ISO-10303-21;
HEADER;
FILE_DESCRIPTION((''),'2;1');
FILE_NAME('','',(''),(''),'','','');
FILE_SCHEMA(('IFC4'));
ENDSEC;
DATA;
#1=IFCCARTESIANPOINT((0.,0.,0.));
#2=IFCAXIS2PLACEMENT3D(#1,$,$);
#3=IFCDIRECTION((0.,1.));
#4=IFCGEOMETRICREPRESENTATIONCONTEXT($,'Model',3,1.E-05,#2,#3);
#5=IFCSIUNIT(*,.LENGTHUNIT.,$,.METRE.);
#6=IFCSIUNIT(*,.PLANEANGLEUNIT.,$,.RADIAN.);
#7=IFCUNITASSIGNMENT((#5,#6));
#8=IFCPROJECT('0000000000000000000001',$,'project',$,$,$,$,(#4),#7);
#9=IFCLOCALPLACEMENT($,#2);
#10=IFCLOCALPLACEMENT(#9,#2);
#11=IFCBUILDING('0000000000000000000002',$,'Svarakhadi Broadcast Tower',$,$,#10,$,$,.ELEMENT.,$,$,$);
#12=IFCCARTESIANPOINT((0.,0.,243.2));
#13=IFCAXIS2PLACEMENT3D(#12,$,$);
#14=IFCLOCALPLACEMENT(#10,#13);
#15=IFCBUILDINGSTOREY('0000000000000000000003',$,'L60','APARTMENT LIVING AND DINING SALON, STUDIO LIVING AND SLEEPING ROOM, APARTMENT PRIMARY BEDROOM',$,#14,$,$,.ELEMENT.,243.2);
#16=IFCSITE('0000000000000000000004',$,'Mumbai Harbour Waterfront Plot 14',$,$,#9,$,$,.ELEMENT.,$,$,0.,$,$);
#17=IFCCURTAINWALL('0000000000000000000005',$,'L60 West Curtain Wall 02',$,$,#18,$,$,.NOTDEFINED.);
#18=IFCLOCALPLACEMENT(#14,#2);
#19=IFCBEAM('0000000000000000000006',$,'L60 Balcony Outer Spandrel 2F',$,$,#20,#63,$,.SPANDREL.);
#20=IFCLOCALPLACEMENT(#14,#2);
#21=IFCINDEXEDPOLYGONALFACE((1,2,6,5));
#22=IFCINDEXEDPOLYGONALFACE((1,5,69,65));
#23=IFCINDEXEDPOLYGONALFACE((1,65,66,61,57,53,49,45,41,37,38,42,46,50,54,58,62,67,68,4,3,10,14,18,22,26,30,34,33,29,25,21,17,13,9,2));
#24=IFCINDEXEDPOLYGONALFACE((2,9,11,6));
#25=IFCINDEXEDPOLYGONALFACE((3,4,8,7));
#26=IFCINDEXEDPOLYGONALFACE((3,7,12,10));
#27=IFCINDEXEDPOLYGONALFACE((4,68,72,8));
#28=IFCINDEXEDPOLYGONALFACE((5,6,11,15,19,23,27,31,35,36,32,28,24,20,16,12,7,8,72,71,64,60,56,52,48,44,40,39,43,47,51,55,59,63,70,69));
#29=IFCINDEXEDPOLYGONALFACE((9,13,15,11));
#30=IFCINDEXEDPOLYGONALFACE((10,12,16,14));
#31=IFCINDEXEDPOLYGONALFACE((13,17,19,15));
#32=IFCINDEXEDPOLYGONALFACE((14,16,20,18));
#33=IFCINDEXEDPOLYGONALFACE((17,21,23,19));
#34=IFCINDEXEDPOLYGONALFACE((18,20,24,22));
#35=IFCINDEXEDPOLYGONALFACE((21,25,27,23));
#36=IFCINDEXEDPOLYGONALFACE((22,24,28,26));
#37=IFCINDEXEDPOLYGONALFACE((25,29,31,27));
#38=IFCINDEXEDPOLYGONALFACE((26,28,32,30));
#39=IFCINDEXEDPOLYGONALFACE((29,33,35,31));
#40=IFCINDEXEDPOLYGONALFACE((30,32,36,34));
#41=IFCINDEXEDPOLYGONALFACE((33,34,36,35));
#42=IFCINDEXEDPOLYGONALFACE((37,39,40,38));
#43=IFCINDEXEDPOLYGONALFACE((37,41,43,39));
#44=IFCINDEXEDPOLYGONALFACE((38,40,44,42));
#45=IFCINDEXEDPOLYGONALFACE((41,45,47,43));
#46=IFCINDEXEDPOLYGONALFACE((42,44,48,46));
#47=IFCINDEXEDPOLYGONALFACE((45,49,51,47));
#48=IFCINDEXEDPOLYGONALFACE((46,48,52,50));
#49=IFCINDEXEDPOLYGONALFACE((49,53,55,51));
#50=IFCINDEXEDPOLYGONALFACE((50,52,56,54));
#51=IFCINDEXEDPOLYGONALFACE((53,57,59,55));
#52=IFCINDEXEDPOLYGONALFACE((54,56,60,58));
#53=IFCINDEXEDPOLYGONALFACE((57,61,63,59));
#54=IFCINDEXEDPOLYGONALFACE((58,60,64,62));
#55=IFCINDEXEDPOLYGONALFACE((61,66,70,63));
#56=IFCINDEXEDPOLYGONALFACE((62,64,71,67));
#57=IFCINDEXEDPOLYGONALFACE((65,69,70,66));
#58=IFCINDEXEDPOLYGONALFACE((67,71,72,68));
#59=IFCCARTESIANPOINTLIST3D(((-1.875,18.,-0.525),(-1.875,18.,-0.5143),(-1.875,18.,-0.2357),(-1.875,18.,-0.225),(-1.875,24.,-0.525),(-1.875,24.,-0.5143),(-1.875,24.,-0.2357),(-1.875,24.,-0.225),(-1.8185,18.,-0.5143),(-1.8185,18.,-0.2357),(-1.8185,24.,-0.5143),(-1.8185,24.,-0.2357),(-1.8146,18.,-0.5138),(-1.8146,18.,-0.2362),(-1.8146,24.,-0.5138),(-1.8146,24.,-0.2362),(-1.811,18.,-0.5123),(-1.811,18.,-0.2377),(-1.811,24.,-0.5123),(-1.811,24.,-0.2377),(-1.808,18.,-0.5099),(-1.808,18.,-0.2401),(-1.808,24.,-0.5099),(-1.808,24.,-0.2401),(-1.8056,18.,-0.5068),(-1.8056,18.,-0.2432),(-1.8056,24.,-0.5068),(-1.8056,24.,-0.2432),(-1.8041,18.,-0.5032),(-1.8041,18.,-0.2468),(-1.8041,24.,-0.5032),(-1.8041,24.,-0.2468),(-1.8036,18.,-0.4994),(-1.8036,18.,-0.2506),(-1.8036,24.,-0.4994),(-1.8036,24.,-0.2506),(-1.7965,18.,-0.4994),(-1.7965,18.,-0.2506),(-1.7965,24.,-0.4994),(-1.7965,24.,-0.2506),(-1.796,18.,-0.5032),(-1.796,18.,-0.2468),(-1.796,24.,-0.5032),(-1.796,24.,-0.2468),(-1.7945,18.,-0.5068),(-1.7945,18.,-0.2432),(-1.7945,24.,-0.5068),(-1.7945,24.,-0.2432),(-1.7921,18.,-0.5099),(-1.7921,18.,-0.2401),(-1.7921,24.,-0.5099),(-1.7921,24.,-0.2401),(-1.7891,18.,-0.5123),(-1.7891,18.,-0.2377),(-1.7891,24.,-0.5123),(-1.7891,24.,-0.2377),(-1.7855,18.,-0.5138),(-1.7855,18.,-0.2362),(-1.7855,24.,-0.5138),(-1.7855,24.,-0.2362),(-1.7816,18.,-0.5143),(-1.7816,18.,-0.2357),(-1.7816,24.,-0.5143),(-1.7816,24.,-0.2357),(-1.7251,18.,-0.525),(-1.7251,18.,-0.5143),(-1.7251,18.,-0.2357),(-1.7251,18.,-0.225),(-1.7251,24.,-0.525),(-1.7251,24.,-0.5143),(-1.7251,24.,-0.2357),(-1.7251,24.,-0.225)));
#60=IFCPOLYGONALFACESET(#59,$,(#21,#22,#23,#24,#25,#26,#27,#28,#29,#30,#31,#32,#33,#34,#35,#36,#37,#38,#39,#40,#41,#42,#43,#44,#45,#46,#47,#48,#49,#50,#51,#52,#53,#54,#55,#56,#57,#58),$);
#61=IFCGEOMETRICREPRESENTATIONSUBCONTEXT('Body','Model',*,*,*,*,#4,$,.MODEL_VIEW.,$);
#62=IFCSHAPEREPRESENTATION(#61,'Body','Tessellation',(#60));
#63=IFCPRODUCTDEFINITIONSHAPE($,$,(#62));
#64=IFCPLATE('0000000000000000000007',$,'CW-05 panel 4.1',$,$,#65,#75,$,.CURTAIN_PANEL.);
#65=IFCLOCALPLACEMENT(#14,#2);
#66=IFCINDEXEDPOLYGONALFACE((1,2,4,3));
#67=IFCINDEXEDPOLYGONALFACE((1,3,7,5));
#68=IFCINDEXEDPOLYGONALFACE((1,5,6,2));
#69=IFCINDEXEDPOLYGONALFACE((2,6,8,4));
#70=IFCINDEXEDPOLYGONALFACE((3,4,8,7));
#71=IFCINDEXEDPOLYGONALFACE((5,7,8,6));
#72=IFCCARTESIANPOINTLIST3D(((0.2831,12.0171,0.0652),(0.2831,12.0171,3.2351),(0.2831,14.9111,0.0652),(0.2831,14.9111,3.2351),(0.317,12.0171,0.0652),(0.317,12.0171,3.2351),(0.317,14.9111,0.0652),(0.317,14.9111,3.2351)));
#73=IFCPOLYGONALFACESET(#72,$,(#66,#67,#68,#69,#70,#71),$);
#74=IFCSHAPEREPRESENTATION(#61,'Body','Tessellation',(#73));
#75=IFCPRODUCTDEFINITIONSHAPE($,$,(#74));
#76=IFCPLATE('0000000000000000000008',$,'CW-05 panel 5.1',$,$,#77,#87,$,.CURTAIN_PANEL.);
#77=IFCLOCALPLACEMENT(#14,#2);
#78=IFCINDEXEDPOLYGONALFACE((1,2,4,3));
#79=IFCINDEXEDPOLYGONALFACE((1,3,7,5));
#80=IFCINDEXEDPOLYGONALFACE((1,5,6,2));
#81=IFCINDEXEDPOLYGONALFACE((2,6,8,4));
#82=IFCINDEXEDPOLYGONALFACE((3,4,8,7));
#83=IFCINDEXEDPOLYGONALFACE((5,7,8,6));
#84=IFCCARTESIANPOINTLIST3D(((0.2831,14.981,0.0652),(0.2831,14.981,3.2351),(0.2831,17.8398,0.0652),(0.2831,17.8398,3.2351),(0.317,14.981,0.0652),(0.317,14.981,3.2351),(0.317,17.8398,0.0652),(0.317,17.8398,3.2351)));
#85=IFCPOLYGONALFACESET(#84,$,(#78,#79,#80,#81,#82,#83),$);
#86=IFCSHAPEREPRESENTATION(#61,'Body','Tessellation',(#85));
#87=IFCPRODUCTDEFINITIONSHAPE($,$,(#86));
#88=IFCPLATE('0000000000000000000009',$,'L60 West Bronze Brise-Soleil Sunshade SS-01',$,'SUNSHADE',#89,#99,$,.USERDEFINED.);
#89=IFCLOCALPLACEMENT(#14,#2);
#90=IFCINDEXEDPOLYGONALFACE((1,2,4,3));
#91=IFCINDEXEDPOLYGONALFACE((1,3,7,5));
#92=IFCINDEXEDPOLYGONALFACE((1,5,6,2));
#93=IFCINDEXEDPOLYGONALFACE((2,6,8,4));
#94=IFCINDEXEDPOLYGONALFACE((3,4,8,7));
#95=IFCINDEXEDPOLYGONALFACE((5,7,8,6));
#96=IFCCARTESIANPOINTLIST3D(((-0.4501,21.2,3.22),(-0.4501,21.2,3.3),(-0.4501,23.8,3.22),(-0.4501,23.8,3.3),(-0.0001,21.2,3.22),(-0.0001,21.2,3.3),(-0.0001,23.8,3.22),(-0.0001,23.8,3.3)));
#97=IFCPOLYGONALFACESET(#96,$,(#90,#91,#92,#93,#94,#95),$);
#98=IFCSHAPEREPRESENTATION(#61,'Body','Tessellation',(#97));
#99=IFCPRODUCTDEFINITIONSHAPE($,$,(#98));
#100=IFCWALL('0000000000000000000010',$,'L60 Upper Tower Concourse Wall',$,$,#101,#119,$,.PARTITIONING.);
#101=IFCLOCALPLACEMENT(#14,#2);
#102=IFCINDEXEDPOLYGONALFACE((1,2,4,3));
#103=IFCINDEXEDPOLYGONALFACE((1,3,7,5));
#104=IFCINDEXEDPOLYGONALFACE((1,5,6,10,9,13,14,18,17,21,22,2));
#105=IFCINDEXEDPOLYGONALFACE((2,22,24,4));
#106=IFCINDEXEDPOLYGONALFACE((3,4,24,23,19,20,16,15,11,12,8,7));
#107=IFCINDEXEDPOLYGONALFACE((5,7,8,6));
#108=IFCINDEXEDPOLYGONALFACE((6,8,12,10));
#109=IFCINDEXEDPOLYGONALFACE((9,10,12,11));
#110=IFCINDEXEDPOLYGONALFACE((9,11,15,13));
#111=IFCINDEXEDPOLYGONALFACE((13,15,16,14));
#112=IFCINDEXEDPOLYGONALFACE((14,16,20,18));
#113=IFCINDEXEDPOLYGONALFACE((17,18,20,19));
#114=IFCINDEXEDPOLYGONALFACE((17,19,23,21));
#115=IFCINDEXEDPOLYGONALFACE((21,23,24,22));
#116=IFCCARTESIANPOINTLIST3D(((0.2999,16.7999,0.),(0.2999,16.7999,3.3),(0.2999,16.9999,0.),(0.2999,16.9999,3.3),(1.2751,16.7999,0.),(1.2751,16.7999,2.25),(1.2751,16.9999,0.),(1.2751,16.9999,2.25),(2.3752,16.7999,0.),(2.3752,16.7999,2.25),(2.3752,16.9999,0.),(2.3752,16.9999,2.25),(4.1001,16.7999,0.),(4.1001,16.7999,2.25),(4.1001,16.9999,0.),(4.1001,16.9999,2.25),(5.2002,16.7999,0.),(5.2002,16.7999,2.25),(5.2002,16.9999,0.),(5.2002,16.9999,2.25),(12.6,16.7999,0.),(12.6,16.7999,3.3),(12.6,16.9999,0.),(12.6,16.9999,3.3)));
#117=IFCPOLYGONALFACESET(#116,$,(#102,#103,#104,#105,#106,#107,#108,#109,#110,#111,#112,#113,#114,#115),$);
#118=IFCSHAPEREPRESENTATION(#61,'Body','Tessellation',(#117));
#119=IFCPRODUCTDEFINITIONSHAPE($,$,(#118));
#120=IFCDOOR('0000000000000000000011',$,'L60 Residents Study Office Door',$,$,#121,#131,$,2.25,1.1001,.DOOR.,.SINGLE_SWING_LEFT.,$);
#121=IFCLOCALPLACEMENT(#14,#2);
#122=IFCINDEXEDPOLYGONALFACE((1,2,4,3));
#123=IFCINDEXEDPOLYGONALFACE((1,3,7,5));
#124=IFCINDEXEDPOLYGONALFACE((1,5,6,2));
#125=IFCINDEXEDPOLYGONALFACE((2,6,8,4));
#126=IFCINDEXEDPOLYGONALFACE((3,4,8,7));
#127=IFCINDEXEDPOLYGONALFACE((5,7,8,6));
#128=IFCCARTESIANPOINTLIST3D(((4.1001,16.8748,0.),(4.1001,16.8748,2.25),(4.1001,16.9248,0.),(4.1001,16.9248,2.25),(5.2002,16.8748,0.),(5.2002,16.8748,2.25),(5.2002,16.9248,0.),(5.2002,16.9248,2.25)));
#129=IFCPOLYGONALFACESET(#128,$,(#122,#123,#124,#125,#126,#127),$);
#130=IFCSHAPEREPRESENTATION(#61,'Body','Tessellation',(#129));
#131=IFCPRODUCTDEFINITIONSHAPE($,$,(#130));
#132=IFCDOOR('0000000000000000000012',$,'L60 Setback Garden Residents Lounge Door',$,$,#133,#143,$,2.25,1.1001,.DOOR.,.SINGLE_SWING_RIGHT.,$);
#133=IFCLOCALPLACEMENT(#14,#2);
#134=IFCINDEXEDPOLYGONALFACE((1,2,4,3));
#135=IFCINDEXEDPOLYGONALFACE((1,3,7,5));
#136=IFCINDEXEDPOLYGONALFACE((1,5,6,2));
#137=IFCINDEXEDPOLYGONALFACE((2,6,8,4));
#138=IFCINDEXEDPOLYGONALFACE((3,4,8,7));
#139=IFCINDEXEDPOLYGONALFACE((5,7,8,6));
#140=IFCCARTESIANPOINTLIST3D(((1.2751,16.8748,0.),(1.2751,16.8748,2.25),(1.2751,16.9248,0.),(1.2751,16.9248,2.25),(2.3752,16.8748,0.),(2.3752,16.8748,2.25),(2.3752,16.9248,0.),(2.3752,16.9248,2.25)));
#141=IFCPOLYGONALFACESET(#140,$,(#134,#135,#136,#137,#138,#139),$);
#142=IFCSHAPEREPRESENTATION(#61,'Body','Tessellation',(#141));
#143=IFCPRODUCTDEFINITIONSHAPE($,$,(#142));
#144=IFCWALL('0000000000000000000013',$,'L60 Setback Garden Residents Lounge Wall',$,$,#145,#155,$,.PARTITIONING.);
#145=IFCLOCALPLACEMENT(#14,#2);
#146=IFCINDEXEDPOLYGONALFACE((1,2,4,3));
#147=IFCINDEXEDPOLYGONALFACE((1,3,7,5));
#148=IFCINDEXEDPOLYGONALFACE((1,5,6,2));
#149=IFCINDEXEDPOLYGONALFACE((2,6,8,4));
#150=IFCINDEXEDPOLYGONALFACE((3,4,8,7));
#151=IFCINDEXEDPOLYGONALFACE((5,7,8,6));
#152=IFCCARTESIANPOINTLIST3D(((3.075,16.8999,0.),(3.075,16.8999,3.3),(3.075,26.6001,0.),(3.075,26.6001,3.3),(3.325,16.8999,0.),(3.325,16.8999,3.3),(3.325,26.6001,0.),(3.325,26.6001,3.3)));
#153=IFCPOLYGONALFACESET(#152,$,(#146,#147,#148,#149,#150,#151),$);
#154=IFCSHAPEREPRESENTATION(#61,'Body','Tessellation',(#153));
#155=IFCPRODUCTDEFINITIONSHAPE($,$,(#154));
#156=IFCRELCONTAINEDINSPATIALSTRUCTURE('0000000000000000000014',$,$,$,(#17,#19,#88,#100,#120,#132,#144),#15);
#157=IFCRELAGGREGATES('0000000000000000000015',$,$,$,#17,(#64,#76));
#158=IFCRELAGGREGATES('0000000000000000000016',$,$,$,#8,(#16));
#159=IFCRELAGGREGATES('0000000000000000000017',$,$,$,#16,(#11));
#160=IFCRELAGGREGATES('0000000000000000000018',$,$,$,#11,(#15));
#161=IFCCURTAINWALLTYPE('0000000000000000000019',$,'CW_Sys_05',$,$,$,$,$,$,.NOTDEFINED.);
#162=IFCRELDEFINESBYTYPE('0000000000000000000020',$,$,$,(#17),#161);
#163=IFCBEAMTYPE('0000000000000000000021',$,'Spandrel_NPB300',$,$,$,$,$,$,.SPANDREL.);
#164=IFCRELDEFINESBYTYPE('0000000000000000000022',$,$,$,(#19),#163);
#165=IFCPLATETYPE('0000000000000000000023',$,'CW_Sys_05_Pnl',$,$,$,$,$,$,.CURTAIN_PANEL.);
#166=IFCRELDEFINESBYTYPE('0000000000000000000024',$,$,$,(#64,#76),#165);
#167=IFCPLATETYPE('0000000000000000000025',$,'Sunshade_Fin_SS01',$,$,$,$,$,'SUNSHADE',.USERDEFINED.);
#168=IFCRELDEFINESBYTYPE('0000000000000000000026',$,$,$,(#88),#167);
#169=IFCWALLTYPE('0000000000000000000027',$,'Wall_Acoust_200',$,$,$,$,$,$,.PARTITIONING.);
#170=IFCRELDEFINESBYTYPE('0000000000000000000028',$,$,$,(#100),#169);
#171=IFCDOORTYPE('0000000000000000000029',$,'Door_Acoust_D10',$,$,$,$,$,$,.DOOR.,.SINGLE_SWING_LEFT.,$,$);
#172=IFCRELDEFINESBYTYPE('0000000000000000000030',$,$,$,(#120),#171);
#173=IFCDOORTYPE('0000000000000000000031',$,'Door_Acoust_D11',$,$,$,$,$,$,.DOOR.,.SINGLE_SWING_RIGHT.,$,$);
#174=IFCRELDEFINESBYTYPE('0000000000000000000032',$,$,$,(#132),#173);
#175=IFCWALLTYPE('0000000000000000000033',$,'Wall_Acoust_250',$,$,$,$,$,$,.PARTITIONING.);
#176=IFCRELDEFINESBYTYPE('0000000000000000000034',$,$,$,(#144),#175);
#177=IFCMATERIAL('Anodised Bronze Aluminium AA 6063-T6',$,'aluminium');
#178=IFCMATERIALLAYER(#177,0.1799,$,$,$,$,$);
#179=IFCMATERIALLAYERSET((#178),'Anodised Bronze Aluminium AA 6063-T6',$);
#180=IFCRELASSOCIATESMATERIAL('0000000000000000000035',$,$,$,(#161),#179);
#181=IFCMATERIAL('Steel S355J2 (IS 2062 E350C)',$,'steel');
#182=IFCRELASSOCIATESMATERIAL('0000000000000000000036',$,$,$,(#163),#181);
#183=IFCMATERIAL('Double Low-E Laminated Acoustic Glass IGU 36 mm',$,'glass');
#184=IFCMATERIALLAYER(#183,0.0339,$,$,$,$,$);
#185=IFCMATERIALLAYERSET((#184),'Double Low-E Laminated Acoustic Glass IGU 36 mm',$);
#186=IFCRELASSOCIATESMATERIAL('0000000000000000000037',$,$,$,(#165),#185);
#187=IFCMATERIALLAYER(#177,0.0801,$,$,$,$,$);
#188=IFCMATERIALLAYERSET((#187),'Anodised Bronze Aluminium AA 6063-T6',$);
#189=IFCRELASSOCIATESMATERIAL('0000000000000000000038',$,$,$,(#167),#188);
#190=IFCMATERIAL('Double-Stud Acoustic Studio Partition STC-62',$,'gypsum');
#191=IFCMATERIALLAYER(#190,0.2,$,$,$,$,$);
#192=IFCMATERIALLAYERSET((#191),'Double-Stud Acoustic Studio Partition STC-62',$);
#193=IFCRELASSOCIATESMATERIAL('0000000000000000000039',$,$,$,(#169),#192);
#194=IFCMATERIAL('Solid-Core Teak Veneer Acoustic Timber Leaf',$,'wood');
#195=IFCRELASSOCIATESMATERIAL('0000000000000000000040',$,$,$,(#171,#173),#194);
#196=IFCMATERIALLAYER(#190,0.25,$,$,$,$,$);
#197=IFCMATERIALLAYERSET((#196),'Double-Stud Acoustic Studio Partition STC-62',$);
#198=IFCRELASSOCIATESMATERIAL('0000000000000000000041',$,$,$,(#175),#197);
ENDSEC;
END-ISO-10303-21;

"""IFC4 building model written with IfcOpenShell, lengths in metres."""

from ifc_helpers import new_model, si_unit, direction, frame, frame_2d, origin, origin_2d, place, context, subcontext, project, spatial, rectangle, i_section, extrude, material, layer, layer_set, material_profile, profile_set, type_object, element, fill, aggregate, save


model = new_model("IFC4")

# Units and contexts
model_context = context("Model", 3, precision=1e-05, world=origin(), true_north=direction((0.0, 1.0)))
body_context = subcontext(model_context, "Body", "Model", "MODEL_VIEW")
ifc_project = project(units=[si_unit("LENGTHUNIT", "METRE"), si_unit("PLANEANGLEUNIT", "RADIAN")], contexts=[model_context])

# Site, building, storey
site_placement = place(None, origin())
site = spatial("IfcSite", under=ifc_project, at=site_placement, Name="Mumbai Harbour Waterfront Plot 14", CompositionType="ELEMENT", RefElevation=0.0)
building_placement = place(site_placement, origin())
building = spatial("IfcBuilding", under=site, at=building_placement, Name="Svarakhadi Broadcast Tower", CompositionType="ELEMENT")
storey_placement = place(building_placement, frame((0.0, 0.0, 243.2)))
storey = spatial("IfcBuildingStorey", under=building, at=storey_placement, Name="L60", Description="APARTMENT LIVING AND DINING SALON, STUDIO LIVING AND SLEEPING ROOM, APARTMENT PRIMARY BEDROOM", CompositionType="ELEMENT", Elevation=243.2)

# Shared definitions
ifc_material_1 = material(Name="Steel S355J2 (IS 2062 E350C)", Category="steel")

# Curtain wall
ifc_material_2 = material(Name="Anodised Bronze Aluminium AA 6063-T6", Category="aluminium")
ifc_layer_1 = layer(ifc_material_2, 0.1799)
ifc_layer_set_1 = layer_set([ifc_layer_1], Name="Anodised Bronze Aluminium AA 6063-T6")
curtain_wall_type = type_object("IfcCurtainWallType", Name="CW_Sys_05", PredefinedType="NOTDEFINED", material=ifc_layer_set_1)
curtain_wall_placement = place(storey_placement, origin())
curtain_wall = element("IfcCurtainWall", 1, at=curtain_wall_placement, inside=storey, type_object=curtain_wall_type, Name="L60 West Curtain Wall 02", PredefinedType="NOTDEFINED")

# Beam
ifc_material_profile_1 = material_profile(ifc_material_1, i_section(OverallWidth=0.1499, OverallDepth=0.3, WebThickness=0.0071, FlangeThickness=0.0107, FilletRadius=0.0149, at=origin_2d()), Name="NPB 300x150x37")
ifc_profile_set_1 = profile_set([ifc_material_profile_1], Name="Steel S355J2 (IS 2062 E350C)")
beam_type_1 = type_object("IfcBeamType", Name="Spandrel_NPB300", PredefinedType="SPANDREL", material=ifc_profile_set_1)
beam_1_placement = place(storey_placement, frame((-1.8, 18.0, -0.375), z_axis=(0.0, 1.0, 0.0), x_axis=(-1.0, 0.0, 0.0)))
element("IfcBeam", 2, at=beam_1_placement, inside=storey, type_object=beam_type_1, Name="L60 Balcony Outer Spandrel 2F", PredefinedType="SPANDREL", context=body_context, shape_type="SweptSolid", body=[
    extrude(i_section(OverallWidth=0.1499, OverallDepth=0.3, WebThickness=0.0071, FlangeThickness=0.0107, FilletRadius=0.0149, at=origin_2d()), origin(), (0.0, 0.0, 1.0), 6.0),
])

# Plates
ifc_material_3 = material(Name="Double Low-E Laminated Acoustic Glass IGU 36 mm", Category="glass")
ifc_layer_2 = layer(ifc_material_3, 0.0339)
ifc_layer_set_2 = layer_set([ifc_layer_2], Name="Double Low-E Laminated Acoustic Glass IGU 36 mm")
plate_type_1 = type_object("IfcPlateType", Name="CW_Sys_05_Pnl", PredefinedType="CURTAIN_PANEL", material=ifc_layer_set_2)
plate_1_placement = place(storey_placement, frame((0.3, 13.4641, 0.0652), z_axis=(0.0, 0.0, 1.0), x_axis=(0.0, 1.0, 0.0)))
plate_1 = element("IfcPlate", 3, at=plate_1_placement, type_object=plate_type_1, Name="CW-05 panel 4.1", PredefinedType="CURTAIN_PANEL", context=body_context, shape_type="SweptSolid", body=[
    extrude(rectangle(XDim=2.894, YDim=0.0339, at=origin_2d()), origin(), (0.0, 0.0, 1.0), 3.1699),
])
plate_2_placement = place(storey_placement, frame((0.3, 16.4104, 0.0652), z_axis=(0.0, 0.0, 1.0), x_axis=(0.0, 1.0, 0.0)))
plate_2 = element("IfcPlate", 4, at=plate_2_placement, type_object=plate_type_1, Name="CW-05 panel 5.1", PredefinedType="CURTAIN_PANEL", context=body_context, shape_type="SweptSolid", body=[
    extrude(rectangle(XDim=2.8589, YDim=0.0339, at=origin_2d()), origin(), (0.0, 0.0, 1.0), 3.1699),
])
aggregate(curtain_wall, [plate_1, plate_2])
ifc_layer_3 = layer(ifc_material_2, 0.0801)
ifc_layer_set_3 = layer_set([ifc_layer_3], Name="Anodised Bronze Aluminium AA 6063-T6")
plate_type_2 = type_object("IfcPlateType", Name="Sunshade_Fin_SS01", ElementType="SUNSHADE", PredefinedType="USERDEFINED", material=ifc_layer_set_3)
plate_3_placement = place(storey_placement, frame((-0.2251, 22.5, 3.22), z_axis=(0.0, 0.0, 1.0), x_axis=(0.0, 1.0, 0.0)))
element("IfcPlate", 5, at=plate_3_placement, inside=storey, type_object=plate_type_2, Name="L60 West Bronze Brise-Soleil Sunshade SS-01", ObjectType="SUNSHADE", PredefinedType="USERDEFINED", context=body_context, shape_type="SweptSolid", body=[
    extrude(rectangle(XDim=2.6001, YDim=0.45, at=origin_2d()), origin(), (0.0, 0.0, 1.0), 0.0801),
])

# Wall, openings, doors
ifc_material_4 = material(Name="Double-Stud Acoustic Studio Partition STC-62", Category="gypsum")
ifc_layer_4 = layer(ifc_material_4, 0.2)
ifc_layer_set_4 = layer_set([ifc_layer_4], Name="Double-Stud Acoustic Studio Partition STC-62")
wall_type_1 = type_object("IfcWallType", Name="Wall_Acoust_200", PredefinedType="PARTITIONING", material=ifc_layer_set_4)
wall_1_placement = place(storey_placement, frame((0.3, 16.8999, 0.0), z_axis=(0.0, 0.0, 1.0), x_axis=(1.0, 0.0, 0.0)))
wall_1 = element("IfcWall", 6, at=wall_1_placement, inside=storey, type_object=wall_type_1, Name="L60 Upper Tower Concourse Wall", PredefinedType="PARTITIONING", context=body_context, shape_type="SweptSolid", body=[
    extrude(rectangle(XDim=12.3, YDim=0.2, at=frame_2d((6.1499, 0.0))), origin(), (0.0, 0.0, 1.0), 3.3),
])
opening_1_placement = place(wall_1_placement, frame((0.9751, 0.0, 0.0)))
opening_1 = element("IfcOpeningElement", 7, at=opening_1_placement, cuts=wall_1, PredefinedType="OPENING", context=body_context, shape_type="SweptSolid", body=[
    extrude(rectangle(XDim=1.1001, YDim=2.25, at=frame_2d((0.55, 1.125))), frame((0.0, 0.1099, 0.0), z_axis=(0.0, -1.0, 0.0), x_axis=(1.0, 0.0, 0.0)), (0.0, 0.0, 1.0), 0.22),
])
opening_2_placement = place(wall_1_placement, frame((3.8, 0.0, 0.0)))
opening_2 = element("IfcOpeningElement", 8, at=opening_2_placement, cuts=wall_1, PredefinedType="OPENING", context=body_context, shape_type="SweptSolid", body=[
    extrude(rectangle(XDim=1.1001, YDim=2.25, at=frame_2d((0.55, 1.125))), frame((0.0, 0.1099, 0.0), z_axis=(0.0, -1.0, 0.0), x_axis=(1.0, 0.0, 0.0)), (0.0, 0.0, 1.0), 0.22),
])
ifc_material_5 = material(Name="Solid-Core Teak Veneer Acoustic Timber Leaf", Category="wood")
door_type_1 = type_object("IfcDoorType", Name="Door_Acoust_D10", OperationType="SINGLE_SWING_LEFT", PredefinedType="DOOR", material=ifc_material_5)
door_1_placement = place(opening_2_placement, origin())
door_1 = element("IfcDoor", 9, at=door_1_placement, inside=storey, type_object=door_type_1, Name="L60 Residents Study Office Door", OperationType="SINGLE_SWING_LEFT", OverallHeight=2.25, OverallWidth=1.1001, PredefinedType="DOOR", context=body_context, shape_type="SweptSolid", body=[
    extrude(rectangle(XDim=1.1001, YDim=2.25, at=frame_2d((0.55, 1.125))), frame((0.0, 0.0249, 0.0), z_axis=(0.0, -1.0, 0.0), x_axis=(1.0, 0.0, 0.0)), (0.0, 0.0, 1.0), 0.05),
])
fill(opening_2, door_1)
door_type_2 = type_object("IfcDoorType", Name="Door_Acoust_D11", OperationType="SINGLE_SWING_RIGHT", PredefinedType="DOOR", material=ifc_material_5)
door_2_placement = place(opening_1_placement, origin())
door_2 = element("IfcDoor", 10, at=door_2_placement, inside=storey, type_object=door_type_2, Name="L60 Setback Garden Residents Lounge Door", OperationType="SINGLE_SWING_RIGHT", OverallHeight=2.25, OverallWidth=1.1001, PredefinedType="DOOR", context=body_context, shape_type="SweptSolid", body=[
    extrude(rectangle(XDim=1.1001, YDim=2.25, at=frame_2d((0.55, 1.125))), frame((0.0, 0.0249, 0.0), z_axis=(0.0, -1.0, 0.0), x_axis=(1.0, 0.0, 0.0)), (0.0, 0.0, 1.0), 0.05),
])
fill(opening_1, door_2)

# Wall
ifc_layer_5 = layer(ifc_material_4, 0.25)
ifc_layer_set_5 = layer_set([ifc_layer_5], Name="Double-Stud Acoustic Studio Partition STC-62")
wall_type_2 = type_object("IfcWallType", Name="Wall_Acoust_250", PredefinedType="PARTITIONING", material=ifc_layer_set_5)
wall_2_placement = place(storey_placement, frame((3.2, 16.8999, 0.0), z_axis=(0.0, 0.0, 1.0), x_axis=(0.0, 1.0, 0.0)))
element("IfcWall", 11, at=wall_2_placement, inside=storey, type_object=wall_type_2, Name="L60 Setback Garden Residents Lounge Wall", PredefinedType="PARTITIONING", context=body_context, shape_type="SweptSolid", body=[
    extrude(rectangle(XDim=9.7002, YDim=0.25, at=frame_2d((4.8501, 0.0))), origin(), (0.0, 0.0, 1.0), 3.3),
])

save(model, "model.ifc")
